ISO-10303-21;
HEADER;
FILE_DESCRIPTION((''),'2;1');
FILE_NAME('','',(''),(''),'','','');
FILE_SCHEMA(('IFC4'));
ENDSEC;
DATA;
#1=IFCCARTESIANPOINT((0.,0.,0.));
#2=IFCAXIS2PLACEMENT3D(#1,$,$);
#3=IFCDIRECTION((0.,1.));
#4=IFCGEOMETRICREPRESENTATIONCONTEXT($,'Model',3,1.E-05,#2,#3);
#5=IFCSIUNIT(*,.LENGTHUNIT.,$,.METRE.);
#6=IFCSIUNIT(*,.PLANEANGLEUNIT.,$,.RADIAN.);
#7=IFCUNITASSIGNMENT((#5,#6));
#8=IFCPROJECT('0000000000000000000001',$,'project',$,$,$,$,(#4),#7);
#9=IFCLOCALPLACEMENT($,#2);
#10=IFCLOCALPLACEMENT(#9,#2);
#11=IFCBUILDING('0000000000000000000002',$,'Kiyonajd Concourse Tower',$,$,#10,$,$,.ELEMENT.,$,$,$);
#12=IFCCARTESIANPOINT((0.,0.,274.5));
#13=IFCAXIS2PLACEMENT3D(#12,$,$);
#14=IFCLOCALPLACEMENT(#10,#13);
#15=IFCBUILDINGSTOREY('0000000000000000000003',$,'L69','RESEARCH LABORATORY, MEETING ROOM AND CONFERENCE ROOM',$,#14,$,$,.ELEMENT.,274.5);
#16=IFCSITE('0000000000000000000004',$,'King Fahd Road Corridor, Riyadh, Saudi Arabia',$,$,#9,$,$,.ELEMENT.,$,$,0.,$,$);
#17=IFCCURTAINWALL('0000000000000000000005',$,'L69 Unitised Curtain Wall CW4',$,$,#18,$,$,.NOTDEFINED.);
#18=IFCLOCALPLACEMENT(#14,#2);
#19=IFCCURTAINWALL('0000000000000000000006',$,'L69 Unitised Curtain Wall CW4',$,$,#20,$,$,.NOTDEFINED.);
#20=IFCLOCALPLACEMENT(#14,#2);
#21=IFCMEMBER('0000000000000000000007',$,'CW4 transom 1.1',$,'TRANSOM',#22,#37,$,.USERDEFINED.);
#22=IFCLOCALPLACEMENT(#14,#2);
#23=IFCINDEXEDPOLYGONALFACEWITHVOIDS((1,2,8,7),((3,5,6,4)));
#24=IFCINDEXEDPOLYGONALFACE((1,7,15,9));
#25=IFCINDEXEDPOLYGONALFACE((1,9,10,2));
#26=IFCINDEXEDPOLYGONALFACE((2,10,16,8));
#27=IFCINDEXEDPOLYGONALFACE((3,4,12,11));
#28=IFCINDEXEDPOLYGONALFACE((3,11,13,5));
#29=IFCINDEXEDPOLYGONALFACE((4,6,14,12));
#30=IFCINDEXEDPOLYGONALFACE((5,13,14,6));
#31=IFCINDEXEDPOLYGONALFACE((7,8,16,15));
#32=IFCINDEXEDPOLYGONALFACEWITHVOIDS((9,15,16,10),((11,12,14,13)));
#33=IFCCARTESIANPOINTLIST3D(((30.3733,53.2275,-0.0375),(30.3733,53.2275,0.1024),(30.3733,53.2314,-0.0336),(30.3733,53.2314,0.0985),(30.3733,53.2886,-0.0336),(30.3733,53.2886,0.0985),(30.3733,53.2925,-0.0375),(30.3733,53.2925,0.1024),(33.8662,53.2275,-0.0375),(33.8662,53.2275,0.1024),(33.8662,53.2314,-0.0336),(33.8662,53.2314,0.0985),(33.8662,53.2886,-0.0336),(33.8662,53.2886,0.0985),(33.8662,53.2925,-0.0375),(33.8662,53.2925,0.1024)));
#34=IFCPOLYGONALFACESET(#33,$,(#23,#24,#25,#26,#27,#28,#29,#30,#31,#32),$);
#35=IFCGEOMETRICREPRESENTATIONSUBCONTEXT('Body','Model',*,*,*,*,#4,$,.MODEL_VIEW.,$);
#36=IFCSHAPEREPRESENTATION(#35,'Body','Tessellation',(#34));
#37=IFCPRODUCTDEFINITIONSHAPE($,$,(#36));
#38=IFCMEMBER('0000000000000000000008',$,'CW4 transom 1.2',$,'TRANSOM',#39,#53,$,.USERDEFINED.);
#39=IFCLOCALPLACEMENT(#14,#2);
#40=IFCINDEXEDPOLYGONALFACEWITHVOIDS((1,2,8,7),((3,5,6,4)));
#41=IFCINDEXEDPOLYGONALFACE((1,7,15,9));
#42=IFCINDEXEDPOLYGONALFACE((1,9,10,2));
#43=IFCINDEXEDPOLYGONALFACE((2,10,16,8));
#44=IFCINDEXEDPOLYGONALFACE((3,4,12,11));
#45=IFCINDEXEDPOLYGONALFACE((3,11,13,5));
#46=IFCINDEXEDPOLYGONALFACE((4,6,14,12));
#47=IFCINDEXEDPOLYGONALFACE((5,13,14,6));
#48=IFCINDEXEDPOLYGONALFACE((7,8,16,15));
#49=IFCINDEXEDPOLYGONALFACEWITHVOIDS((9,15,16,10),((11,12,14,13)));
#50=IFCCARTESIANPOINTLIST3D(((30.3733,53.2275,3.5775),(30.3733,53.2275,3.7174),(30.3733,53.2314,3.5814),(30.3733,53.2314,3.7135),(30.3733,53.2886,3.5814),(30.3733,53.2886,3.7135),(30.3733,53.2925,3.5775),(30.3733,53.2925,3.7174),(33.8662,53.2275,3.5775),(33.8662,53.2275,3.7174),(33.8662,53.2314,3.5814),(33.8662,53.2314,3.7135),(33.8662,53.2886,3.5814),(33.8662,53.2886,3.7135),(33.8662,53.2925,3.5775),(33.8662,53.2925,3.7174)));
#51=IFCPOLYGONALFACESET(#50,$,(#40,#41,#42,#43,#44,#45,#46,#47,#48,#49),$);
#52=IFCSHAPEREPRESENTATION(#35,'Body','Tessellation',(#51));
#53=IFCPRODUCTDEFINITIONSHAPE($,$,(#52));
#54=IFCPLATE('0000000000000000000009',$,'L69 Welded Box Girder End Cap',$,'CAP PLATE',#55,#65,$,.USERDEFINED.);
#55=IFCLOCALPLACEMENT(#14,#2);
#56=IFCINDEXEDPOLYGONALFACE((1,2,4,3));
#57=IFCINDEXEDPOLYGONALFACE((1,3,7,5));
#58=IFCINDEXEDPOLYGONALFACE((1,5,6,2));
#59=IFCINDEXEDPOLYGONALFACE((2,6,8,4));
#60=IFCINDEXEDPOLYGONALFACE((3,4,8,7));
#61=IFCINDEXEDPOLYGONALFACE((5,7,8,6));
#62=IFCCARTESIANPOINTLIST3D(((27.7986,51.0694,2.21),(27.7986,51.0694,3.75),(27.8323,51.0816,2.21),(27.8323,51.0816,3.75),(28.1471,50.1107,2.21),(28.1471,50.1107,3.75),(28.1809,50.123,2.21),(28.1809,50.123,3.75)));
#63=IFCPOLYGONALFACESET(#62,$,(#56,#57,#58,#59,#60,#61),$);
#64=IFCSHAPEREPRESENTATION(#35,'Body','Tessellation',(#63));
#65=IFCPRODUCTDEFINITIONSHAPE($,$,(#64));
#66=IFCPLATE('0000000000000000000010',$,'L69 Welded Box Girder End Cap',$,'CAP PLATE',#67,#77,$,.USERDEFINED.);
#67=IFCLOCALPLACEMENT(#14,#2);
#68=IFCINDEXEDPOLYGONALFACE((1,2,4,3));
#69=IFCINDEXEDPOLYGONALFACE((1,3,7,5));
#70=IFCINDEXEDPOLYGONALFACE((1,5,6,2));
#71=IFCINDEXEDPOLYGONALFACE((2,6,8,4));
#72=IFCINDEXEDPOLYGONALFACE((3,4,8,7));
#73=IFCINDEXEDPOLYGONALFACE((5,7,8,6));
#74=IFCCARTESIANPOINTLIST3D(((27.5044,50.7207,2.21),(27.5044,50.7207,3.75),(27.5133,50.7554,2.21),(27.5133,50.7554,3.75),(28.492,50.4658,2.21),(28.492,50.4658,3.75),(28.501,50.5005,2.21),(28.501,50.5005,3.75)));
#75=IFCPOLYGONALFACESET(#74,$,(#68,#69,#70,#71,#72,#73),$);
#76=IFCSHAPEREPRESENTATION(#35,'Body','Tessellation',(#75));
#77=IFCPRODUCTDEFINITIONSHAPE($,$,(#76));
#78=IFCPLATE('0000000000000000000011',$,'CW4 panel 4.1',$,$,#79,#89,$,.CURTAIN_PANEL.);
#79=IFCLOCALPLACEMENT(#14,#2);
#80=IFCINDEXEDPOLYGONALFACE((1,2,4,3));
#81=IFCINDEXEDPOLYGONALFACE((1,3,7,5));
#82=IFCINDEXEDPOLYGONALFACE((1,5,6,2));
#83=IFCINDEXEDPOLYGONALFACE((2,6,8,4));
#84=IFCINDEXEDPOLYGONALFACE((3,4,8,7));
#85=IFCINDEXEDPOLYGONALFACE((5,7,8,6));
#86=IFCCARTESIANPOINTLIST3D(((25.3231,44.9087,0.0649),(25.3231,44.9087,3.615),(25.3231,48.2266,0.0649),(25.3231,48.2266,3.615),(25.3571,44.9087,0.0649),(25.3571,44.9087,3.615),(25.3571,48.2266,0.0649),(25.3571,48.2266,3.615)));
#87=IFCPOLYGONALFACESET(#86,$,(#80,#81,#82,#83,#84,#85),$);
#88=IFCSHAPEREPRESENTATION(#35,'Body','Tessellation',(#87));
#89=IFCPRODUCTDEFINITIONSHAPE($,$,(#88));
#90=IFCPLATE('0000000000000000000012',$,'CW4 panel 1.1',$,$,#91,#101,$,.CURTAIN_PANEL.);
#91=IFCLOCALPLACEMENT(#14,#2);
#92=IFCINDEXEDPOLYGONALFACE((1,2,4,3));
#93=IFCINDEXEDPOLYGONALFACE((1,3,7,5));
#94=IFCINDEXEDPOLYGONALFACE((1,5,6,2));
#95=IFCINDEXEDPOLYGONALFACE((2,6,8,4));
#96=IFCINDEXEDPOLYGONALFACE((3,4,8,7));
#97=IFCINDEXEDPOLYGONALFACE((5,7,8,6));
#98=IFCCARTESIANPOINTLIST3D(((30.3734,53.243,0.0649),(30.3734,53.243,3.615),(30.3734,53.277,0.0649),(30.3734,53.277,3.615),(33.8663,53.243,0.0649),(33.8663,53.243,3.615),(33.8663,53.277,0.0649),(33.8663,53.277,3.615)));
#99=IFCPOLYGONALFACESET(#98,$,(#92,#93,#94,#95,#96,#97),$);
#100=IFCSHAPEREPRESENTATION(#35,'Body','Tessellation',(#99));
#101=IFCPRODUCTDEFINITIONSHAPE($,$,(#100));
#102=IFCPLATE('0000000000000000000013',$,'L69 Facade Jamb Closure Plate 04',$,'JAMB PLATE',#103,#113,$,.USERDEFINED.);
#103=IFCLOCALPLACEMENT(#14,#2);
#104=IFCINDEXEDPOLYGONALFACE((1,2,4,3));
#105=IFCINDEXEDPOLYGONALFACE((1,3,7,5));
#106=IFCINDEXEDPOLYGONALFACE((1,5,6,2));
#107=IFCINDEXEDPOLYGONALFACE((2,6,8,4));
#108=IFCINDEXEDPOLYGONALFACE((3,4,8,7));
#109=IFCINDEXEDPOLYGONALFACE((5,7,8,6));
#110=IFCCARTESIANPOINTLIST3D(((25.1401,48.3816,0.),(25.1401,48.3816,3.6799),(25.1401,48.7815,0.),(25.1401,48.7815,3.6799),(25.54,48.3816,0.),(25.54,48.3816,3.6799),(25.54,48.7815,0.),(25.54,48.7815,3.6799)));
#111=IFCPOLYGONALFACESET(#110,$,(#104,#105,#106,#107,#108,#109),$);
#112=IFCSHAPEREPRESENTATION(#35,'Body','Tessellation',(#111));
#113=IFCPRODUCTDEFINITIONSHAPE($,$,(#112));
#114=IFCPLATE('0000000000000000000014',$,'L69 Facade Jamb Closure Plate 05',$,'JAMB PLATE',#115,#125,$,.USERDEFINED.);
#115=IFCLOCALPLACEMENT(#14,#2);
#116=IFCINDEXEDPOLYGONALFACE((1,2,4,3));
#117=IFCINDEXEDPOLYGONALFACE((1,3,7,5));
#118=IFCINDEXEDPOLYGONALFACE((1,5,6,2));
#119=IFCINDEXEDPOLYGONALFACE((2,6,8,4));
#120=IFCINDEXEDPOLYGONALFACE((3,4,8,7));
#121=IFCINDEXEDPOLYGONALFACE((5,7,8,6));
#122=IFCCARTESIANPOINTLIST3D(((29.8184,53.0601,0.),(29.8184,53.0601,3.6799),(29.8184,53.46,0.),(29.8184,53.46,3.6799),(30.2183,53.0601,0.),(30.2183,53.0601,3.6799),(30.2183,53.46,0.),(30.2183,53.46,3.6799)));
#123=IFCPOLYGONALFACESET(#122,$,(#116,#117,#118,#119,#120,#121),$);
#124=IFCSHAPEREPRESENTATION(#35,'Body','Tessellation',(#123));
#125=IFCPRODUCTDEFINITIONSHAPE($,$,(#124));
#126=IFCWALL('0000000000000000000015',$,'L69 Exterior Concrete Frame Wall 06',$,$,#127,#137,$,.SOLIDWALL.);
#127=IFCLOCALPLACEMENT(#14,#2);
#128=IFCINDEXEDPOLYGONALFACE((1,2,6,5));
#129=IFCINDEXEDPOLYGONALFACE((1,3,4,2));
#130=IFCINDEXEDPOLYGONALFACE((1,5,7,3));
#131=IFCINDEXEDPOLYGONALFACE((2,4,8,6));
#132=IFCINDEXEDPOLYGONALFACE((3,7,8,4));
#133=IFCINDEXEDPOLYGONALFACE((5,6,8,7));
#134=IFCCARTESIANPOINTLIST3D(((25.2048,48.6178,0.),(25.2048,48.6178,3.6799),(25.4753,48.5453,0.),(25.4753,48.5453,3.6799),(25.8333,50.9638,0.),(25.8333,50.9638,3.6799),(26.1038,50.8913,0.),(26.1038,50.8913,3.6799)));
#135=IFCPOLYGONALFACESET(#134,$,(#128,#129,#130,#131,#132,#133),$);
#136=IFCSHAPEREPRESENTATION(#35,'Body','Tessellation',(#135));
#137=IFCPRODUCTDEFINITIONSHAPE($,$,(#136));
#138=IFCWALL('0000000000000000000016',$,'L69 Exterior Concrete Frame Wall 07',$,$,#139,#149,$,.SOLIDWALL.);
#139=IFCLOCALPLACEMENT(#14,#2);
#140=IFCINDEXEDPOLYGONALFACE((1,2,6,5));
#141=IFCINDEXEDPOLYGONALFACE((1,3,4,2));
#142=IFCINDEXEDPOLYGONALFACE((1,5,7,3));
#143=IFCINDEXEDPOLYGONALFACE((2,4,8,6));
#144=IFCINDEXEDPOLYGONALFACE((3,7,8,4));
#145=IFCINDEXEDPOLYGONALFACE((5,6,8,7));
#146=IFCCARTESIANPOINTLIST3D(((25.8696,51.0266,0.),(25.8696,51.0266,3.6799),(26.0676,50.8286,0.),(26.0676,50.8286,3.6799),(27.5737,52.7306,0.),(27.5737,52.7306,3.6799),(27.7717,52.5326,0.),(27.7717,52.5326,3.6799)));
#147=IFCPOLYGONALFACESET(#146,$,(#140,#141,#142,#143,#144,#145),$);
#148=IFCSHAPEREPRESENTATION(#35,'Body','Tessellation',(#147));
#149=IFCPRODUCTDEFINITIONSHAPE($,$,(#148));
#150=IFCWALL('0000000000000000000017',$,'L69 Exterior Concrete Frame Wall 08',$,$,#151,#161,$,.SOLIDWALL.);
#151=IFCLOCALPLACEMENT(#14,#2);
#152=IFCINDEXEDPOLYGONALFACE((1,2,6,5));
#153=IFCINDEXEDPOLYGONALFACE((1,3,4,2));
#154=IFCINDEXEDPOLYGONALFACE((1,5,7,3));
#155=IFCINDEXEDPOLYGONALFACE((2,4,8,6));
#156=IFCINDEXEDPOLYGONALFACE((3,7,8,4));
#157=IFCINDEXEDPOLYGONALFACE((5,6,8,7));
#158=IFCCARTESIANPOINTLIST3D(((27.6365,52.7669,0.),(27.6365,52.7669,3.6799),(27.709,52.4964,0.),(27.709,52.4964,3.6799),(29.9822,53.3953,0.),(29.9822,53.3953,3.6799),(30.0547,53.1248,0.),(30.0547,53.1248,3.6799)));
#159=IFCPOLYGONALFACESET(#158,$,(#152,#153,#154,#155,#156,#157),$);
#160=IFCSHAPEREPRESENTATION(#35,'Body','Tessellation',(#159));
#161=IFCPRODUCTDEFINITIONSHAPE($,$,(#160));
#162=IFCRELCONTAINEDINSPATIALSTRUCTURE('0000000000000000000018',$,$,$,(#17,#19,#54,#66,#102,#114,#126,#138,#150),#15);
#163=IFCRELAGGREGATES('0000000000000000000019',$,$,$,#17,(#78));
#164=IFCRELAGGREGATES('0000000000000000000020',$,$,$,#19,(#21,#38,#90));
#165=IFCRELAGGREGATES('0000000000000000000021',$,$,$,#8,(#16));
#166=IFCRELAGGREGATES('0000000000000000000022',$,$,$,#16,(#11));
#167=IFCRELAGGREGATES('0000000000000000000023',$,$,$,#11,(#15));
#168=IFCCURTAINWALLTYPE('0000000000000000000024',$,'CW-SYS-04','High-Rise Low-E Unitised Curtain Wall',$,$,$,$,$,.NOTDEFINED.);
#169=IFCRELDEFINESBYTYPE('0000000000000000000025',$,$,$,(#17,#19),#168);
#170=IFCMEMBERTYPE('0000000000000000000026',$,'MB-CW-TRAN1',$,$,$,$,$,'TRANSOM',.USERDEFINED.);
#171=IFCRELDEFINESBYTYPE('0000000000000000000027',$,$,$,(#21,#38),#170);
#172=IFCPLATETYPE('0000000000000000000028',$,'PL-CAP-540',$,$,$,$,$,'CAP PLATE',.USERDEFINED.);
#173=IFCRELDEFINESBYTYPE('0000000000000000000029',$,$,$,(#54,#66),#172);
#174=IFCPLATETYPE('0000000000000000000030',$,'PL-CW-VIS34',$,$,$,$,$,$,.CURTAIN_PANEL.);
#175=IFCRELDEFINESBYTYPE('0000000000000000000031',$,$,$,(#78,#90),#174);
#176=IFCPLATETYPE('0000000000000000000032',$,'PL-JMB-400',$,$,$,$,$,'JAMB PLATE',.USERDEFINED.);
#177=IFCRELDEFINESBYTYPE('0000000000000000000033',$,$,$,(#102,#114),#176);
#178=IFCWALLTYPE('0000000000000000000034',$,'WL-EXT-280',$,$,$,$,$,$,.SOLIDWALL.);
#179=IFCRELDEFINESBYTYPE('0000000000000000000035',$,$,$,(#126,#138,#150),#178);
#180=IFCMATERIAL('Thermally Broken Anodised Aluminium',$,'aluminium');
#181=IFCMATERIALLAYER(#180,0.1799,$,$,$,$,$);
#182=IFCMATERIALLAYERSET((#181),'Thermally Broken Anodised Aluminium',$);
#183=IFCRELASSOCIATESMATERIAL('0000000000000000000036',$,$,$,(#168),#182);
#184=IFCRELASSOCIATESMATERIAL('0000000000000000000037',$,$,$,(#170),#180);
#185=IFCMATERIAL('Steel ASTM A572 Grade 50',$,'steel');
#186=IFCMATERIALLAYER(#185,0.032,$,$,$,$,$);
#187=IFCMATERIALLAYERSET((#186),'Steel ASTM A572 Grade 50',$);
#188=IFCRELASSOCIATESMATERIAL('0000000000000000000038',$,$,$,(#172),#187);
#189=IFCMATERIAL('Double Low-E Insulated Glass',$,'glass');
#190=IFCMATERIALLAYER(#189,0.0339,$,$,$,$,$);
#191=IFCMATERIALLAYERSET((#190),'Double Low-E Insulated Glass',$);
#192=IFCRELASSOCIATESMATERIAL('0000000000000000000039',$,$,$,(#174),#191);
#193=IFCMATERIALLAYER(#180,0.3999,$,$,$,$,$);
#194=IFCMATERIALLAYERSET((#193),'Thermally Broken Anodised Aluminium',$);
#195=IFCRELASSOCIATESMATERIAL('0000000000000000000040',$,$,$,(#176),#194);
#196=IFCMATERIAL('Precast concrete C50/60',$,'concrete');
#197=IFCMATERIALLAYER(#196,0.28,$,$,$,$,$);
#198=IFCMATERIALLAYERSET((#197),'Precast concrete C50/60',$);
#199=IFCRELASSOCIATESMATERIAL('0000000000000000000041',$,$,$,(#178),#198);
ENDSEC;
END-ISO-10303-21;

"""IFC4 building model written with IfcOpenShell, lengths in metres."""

from ifc_helpers import new_model, si_unit, direction, frame, frame_2d, origin, origin_2d, place, context, subcontext, project, spatial, rectangle, hollow_rectangle, extrude, material, layer, layer_set, material_profile, profile_set, type_object, element, aggregate, save


model = new_model("IFC4")

# Units and contexts
model_context = context("Model", 3, precision=1e-05, world=origin(), true_north=direction((0.0, 1.0)))
body_context = subcontext(model_context, "Body", "Model", "MODEL_VIEW")
ifc_project = project(units=[si_unit("LENGTHUNIT", "METRE"), si_unit("PLANEANGLEUNIT", "RADIAN")], contexts=[model_context])

# Site, building, storey
site_placement = place(None, origin())
site = spatial("IfcSite", under=ifc_project, at=site_placement, Name="King Fahd Road Corridor, Riyadh, Saudi Arabia", CompositionType="ELEMENT", RefElevation=0.0)
building_placement = place(site_placement, origin())
building = spatial("IfcBuilding", under=site, at=building_placement, Name="Kiyonajd Concourse Tower", CompositionType="ELEMENT")
storey_placement = place(building_placement, frame((0.0, 0.0, 274.5)))
storey = spatial("IfcBuildingStorey", under=building, at=storey_placement, Name="L69", Description="RESEARCH LABORATORY, MEETING ROOM AND CONFERENCE ROOM", CompositionType="ELEMENT", Elevation=274.5)

# Shared definitions
ifc_material_1 = material(Name="Steel ASTM A572 Grade 50", Category="steel")

# Curtain wall
ifc_material_2 = material(Name="Thermally Broken Anodised Aluminium", Category="aluminium")
ifc_layer_1 = layer(ifc_material_2, 0.1799)
ifc_layer_set_1 = layer_set([ifc_layer_1], Name="Thermally Broken Anodised Aluminium")
curtain_wall_type = type_object("IfcCurtainWallType", Name="CW-SYS-04", Description="High-Rise Low-E Unitised Curtain Wall", PredefinedType="NOTDEFINED", material=ifc_layer_set_1)
curtain_wall_1_placement = place(storey_placement, origin())
curtain_wall_1 = element("IfcCurtainWall", 1, at=curtain_wall_1_placement, inside=storey, type_object=curtain_wall_type, Name="L69 Unitised Curtain Wall CW4", PredefinedType="NOTDEFINED")

# Curtain wall
curtain_wall_2_placement = place(storey_placement, origin())
curtain_wall_2 = element("IfcCurtainWall", 2, at=curtain_wall_2_placement, inside=storey, type_object=curtain_wall_type, Name="L69 Unitised Curtain Wall CW4", PredefinedType="NOTDEFINED")

# Members
ifc_material_profile_1 = material_profile(ifc_material_2, hollow_rectangle(XDim=0.0649, YDim=0.1399, WallThickness=0.0039, at=origin_2d()), Name="TRAN-65x140")
ifc_profile_set_1 = profile_set([ifc_material_profile_1], Name="Thermally Broken Anodised Aluminium")
member_type_1 = type_object("IfcMemberType", Name="MB-CW-TRAN1", ElementType="TRANSOM", PredefinedType="USERDEFINED", material=ifc_profile_set_1)
member_1_placement = place(storey_placement, frame((30.3733, 53.26, 0.0325), z_axis=(1.0, 0.0, 0.0), x_axis=(0.0, 1.0, 0.0)))
member_1 = element("IfcMember", 3, at=member_1_placement, type_object=member_type_1, Name="CW4 transom 1.1", ObjectType="TRANSOM", PredefinedType="USERDEFINED", context=body_context, shape_type="SweptSolid", body=[
    extrude(hollow_rectangle(XDim=0.0649, YDim=0.1399, WallThickness=0.0039, at=origin_2d()), origin(), (0.0, 0.0, 1.0), 3.4929),
])
member_2_placement = place(storey_placement, frame((30.3733, 53.26, 3.6475), z_axis=(1.0, 0.0, 0.0), x_axis=(0.0, 1.0, 0.0)))
member_2 = element("IfcMember", 4, at=member_2_placement, type_object=member_type_1, Name="CW4 transom 1.2", ObjectType="TRANSOM", PredefinedType="USERDEFINED", context=body_context, shape_type="SweptSolid", body=[
    extrude(hollow_rectangle(XDim=0.0649, YDim=0.1399, WallThickness=0.0039, at=origin_2d()), origin(), (0.0, 0.0, 1.0), 3.4929),
])

# Plates
ifc_layer_2 = layer(ifc_material_1, 0.032)
ifc_layer_set_2 = layer_set([ifc_layer_2], Name="Steel ASTM A572 Grade 50")
plate_type_1 = type_object("IfcPlateType", Name="PL-CAP-540", ElementType="CAP PLATE", PredefinedType="USERDEFINED", material=ifc_layer_set_2)
for number, where, z_axis, x_axis, name in (
    (5, (27.9897, 50.5962, 2.21), (0.0, 0.0, 1.0), (-0.939812, -0.341692, 0.0), "L69 Welded Box Girder End Cap"),
    (6, (28.0027, 50.6106, 2.21), (0.0, 0.0, 1.0), (0.249873, 0.968279, 0.0), "L69 Welded Box Girder End Cap"),
):
    element("IfcPlate", number, at=place(storey_placement, frame(where, z_axis=z_axis, x_axis=x_axis)), inside=storey, type_object=plate_type_1, Name=name, ObjectType="CAP PLATE", PredefinedType="USERDEFINED", context=body_context, shape_type="SweptSolid", body=[
        extrude(rectangle(XDim=0.0359, YDim=1.02, at=origin_2d()), origin(), (0.0, 0.0, 1.0), 1.54),
    ])

# Plates
ifc_material_3 = material(Name="Double Low-E Insulated Glass", Category="glass")
ifc_layer_3 = layer(ifc_material_3, 0.0339)
ifc_layer_set_3 = layer_set([ifc_layer_3], Name="Double Low-E Insulated Glass")
plate_type_2 = type_object("IfcPlateType", Name="PL-CW-VIS34", PredefinedType="CURTAIN_PANEL", material=ifc_layer_set_3)
plate_1_placement = place(storey_placement, frame((25.3401, 46.5676, 0.0649), z_axis=(0.0, 0.0, 1.0), x_axis=(0.0, 1.0, 0.0)))
plate_1 = element("IfcPlate", 7, at=plate_1_placement, type_object=plate_type_2, Name="CW4 panel 4.1", PredefinedType="CURTAIN_PANEL", context=body_context, shape_type="SweptSolid", body=[
    extrude(rectangle(XDim=3.3179, YDim=0.0339, at=origin_2d()), origin(), (0.0, 0.0, 1.0), 3.55),
])
aggregate(curtain_wall_1, [plate_1])
plate_2_placement = place(storey_placement, frame((32.1199, 53.26, 0.0649), z_axis=(0.0, 0.0, 1.0), x_axis=(1.0, 0.0, 0.0)))
plate_2 = element("IfcPlate", 8, at=plate_2_placement, type_object=plate_type_2, Name="CW4 panel 1.1", PredefinedType="CURTAIN_PANEL", context=body_context, shape_type="SweptSolid", body=[
    extrude(rectangle(XDim=3.4929, YDim=0.0339, at=origin_2d()), origin(), (0.0, 0.0, 1.0), 3.55),
])
aggregate(curtain_wall_2, [member_1, member_2, plate_2])

# Plates
ifc_layer_4 = layer(ifc_material_2, 0.3999)
ifc_layer_set_4 = layer_set([ifc_layer_4], Name="Thermally Broken Anodised Aluminium")
plate_type_3 = type_object("IfcPlateType", Name="PL-JMB-400", ElementType="JAMB PLATE", PredefinedType="USERDEFINED", material=ifc_layer_set_4)
for number, where, z_axis, x_axis, name in (
    (9, (25.3401, 48.5815, 0.0), (0.0, 0.0, 1.0), (1.0, 0.0, 0.0), "L69 Facade Jamb Closure Plate 04"),
    (10, (30.0183, 53.26, 0.0), (0.0, 0.0, 1.0), (1.0, 0.0, 0.0), "L69 Facade Jamb Closure Plate 05"),
):
    element("IfcPlate", number, at=place(storey_placement, frame(where, z_axis=z_axis, x_axis=x_axis)), inside=storey, type_object=plate_type_3, Name=name, ObjectType="JAMB PLATE", PredefinedType="USERDEFINED", context=body_context, shape_type="SweptSolid", body=[
        extrude(rectangle(XDim=0.3999, YDim=0.3999, at=origin_2d()), origin(), (0.0, 0.0, 1.0), 3.6799),
    ])

# Walls
ifc_material_4 = material(Name="Precast concrete C50/60", Category="concrete")
ifc_layer_5 = layer(ifc_material_4, 0.28)
ifc_layer_set_5 = layer_set([ifc_layer_5], Name="Precast concrete C50/60")
wall_type_1 = type_object("IfcWallType", Name="WL-EXT-280", PredefinedType="SOLIDWALL", material=ifc_layer_set_5)
wall_1_placement = place(storey_placement, frame((25.3401, 48.5815, 0.0), z_axis=(0.0, 0.0, 1.0), x_axis=(0.258751, 0.965944, 0.0)))
element("IfcWall", 11, at=wall_1_placement, inside=storey, type_object=wall_type_1, Name="L69 Exterior Concrete Frame Wall 06", PredefinedType="SOLIDWALL", context=body_context, shape_type="SweptSolid", body=[
    extrude(rectangle(XDim=2.4287, YDim=0.28, at=frame_2d((1.2144, 0.0))), origin(), (0.0, 0.0, 1.0), 3.6799),
])
wall_2_placement = place(storey_placement, frame((25.9685, 50.9275, 0.0), z_axis=(0.0, 0.0, 1.0), x_axis=(0.707107, 0.707107, 0.0)))
element("IfcWall", 12, at=wall_2_placement, inside=storey, type_object=wall_type_1, Name="L69 Exterior Concrete Frame Wall 07", PredefinedType="SOLIDWALL", context=body_context, shape_type="SweptSolid", body=[
    extrude(rectangle(XDim=2.4099, YDim=0.28, at=frame_2d((1.2051, 0.0))), origin(), (0.0, 0.0, 1.0), 3.6799),
])
wall_3_placement = place(storey_placement, frame((27.6726, 52.6316, 0.0), z_axis=(0.0, 0.0, 1.0), x_axis=(0.965937, 0.258776, 0.0)))
element("IfcWall", 13, at=wall_3_placement, inside=storey, type_object=wall_type_1, Name="L69 Exterior Concrete Frame Wall 08", PredefinedType="SOLIDWALL", context=body_context, shape_type="SweptSolid", body=[
    extrude(rectangle(XDim=2.4285, YDim=0.28, at=frame_2d((1.2144, 0.0))), origin(), (0.0, 0.0, 1.0), 3.6799),
])

save(model, "model.ifc")
